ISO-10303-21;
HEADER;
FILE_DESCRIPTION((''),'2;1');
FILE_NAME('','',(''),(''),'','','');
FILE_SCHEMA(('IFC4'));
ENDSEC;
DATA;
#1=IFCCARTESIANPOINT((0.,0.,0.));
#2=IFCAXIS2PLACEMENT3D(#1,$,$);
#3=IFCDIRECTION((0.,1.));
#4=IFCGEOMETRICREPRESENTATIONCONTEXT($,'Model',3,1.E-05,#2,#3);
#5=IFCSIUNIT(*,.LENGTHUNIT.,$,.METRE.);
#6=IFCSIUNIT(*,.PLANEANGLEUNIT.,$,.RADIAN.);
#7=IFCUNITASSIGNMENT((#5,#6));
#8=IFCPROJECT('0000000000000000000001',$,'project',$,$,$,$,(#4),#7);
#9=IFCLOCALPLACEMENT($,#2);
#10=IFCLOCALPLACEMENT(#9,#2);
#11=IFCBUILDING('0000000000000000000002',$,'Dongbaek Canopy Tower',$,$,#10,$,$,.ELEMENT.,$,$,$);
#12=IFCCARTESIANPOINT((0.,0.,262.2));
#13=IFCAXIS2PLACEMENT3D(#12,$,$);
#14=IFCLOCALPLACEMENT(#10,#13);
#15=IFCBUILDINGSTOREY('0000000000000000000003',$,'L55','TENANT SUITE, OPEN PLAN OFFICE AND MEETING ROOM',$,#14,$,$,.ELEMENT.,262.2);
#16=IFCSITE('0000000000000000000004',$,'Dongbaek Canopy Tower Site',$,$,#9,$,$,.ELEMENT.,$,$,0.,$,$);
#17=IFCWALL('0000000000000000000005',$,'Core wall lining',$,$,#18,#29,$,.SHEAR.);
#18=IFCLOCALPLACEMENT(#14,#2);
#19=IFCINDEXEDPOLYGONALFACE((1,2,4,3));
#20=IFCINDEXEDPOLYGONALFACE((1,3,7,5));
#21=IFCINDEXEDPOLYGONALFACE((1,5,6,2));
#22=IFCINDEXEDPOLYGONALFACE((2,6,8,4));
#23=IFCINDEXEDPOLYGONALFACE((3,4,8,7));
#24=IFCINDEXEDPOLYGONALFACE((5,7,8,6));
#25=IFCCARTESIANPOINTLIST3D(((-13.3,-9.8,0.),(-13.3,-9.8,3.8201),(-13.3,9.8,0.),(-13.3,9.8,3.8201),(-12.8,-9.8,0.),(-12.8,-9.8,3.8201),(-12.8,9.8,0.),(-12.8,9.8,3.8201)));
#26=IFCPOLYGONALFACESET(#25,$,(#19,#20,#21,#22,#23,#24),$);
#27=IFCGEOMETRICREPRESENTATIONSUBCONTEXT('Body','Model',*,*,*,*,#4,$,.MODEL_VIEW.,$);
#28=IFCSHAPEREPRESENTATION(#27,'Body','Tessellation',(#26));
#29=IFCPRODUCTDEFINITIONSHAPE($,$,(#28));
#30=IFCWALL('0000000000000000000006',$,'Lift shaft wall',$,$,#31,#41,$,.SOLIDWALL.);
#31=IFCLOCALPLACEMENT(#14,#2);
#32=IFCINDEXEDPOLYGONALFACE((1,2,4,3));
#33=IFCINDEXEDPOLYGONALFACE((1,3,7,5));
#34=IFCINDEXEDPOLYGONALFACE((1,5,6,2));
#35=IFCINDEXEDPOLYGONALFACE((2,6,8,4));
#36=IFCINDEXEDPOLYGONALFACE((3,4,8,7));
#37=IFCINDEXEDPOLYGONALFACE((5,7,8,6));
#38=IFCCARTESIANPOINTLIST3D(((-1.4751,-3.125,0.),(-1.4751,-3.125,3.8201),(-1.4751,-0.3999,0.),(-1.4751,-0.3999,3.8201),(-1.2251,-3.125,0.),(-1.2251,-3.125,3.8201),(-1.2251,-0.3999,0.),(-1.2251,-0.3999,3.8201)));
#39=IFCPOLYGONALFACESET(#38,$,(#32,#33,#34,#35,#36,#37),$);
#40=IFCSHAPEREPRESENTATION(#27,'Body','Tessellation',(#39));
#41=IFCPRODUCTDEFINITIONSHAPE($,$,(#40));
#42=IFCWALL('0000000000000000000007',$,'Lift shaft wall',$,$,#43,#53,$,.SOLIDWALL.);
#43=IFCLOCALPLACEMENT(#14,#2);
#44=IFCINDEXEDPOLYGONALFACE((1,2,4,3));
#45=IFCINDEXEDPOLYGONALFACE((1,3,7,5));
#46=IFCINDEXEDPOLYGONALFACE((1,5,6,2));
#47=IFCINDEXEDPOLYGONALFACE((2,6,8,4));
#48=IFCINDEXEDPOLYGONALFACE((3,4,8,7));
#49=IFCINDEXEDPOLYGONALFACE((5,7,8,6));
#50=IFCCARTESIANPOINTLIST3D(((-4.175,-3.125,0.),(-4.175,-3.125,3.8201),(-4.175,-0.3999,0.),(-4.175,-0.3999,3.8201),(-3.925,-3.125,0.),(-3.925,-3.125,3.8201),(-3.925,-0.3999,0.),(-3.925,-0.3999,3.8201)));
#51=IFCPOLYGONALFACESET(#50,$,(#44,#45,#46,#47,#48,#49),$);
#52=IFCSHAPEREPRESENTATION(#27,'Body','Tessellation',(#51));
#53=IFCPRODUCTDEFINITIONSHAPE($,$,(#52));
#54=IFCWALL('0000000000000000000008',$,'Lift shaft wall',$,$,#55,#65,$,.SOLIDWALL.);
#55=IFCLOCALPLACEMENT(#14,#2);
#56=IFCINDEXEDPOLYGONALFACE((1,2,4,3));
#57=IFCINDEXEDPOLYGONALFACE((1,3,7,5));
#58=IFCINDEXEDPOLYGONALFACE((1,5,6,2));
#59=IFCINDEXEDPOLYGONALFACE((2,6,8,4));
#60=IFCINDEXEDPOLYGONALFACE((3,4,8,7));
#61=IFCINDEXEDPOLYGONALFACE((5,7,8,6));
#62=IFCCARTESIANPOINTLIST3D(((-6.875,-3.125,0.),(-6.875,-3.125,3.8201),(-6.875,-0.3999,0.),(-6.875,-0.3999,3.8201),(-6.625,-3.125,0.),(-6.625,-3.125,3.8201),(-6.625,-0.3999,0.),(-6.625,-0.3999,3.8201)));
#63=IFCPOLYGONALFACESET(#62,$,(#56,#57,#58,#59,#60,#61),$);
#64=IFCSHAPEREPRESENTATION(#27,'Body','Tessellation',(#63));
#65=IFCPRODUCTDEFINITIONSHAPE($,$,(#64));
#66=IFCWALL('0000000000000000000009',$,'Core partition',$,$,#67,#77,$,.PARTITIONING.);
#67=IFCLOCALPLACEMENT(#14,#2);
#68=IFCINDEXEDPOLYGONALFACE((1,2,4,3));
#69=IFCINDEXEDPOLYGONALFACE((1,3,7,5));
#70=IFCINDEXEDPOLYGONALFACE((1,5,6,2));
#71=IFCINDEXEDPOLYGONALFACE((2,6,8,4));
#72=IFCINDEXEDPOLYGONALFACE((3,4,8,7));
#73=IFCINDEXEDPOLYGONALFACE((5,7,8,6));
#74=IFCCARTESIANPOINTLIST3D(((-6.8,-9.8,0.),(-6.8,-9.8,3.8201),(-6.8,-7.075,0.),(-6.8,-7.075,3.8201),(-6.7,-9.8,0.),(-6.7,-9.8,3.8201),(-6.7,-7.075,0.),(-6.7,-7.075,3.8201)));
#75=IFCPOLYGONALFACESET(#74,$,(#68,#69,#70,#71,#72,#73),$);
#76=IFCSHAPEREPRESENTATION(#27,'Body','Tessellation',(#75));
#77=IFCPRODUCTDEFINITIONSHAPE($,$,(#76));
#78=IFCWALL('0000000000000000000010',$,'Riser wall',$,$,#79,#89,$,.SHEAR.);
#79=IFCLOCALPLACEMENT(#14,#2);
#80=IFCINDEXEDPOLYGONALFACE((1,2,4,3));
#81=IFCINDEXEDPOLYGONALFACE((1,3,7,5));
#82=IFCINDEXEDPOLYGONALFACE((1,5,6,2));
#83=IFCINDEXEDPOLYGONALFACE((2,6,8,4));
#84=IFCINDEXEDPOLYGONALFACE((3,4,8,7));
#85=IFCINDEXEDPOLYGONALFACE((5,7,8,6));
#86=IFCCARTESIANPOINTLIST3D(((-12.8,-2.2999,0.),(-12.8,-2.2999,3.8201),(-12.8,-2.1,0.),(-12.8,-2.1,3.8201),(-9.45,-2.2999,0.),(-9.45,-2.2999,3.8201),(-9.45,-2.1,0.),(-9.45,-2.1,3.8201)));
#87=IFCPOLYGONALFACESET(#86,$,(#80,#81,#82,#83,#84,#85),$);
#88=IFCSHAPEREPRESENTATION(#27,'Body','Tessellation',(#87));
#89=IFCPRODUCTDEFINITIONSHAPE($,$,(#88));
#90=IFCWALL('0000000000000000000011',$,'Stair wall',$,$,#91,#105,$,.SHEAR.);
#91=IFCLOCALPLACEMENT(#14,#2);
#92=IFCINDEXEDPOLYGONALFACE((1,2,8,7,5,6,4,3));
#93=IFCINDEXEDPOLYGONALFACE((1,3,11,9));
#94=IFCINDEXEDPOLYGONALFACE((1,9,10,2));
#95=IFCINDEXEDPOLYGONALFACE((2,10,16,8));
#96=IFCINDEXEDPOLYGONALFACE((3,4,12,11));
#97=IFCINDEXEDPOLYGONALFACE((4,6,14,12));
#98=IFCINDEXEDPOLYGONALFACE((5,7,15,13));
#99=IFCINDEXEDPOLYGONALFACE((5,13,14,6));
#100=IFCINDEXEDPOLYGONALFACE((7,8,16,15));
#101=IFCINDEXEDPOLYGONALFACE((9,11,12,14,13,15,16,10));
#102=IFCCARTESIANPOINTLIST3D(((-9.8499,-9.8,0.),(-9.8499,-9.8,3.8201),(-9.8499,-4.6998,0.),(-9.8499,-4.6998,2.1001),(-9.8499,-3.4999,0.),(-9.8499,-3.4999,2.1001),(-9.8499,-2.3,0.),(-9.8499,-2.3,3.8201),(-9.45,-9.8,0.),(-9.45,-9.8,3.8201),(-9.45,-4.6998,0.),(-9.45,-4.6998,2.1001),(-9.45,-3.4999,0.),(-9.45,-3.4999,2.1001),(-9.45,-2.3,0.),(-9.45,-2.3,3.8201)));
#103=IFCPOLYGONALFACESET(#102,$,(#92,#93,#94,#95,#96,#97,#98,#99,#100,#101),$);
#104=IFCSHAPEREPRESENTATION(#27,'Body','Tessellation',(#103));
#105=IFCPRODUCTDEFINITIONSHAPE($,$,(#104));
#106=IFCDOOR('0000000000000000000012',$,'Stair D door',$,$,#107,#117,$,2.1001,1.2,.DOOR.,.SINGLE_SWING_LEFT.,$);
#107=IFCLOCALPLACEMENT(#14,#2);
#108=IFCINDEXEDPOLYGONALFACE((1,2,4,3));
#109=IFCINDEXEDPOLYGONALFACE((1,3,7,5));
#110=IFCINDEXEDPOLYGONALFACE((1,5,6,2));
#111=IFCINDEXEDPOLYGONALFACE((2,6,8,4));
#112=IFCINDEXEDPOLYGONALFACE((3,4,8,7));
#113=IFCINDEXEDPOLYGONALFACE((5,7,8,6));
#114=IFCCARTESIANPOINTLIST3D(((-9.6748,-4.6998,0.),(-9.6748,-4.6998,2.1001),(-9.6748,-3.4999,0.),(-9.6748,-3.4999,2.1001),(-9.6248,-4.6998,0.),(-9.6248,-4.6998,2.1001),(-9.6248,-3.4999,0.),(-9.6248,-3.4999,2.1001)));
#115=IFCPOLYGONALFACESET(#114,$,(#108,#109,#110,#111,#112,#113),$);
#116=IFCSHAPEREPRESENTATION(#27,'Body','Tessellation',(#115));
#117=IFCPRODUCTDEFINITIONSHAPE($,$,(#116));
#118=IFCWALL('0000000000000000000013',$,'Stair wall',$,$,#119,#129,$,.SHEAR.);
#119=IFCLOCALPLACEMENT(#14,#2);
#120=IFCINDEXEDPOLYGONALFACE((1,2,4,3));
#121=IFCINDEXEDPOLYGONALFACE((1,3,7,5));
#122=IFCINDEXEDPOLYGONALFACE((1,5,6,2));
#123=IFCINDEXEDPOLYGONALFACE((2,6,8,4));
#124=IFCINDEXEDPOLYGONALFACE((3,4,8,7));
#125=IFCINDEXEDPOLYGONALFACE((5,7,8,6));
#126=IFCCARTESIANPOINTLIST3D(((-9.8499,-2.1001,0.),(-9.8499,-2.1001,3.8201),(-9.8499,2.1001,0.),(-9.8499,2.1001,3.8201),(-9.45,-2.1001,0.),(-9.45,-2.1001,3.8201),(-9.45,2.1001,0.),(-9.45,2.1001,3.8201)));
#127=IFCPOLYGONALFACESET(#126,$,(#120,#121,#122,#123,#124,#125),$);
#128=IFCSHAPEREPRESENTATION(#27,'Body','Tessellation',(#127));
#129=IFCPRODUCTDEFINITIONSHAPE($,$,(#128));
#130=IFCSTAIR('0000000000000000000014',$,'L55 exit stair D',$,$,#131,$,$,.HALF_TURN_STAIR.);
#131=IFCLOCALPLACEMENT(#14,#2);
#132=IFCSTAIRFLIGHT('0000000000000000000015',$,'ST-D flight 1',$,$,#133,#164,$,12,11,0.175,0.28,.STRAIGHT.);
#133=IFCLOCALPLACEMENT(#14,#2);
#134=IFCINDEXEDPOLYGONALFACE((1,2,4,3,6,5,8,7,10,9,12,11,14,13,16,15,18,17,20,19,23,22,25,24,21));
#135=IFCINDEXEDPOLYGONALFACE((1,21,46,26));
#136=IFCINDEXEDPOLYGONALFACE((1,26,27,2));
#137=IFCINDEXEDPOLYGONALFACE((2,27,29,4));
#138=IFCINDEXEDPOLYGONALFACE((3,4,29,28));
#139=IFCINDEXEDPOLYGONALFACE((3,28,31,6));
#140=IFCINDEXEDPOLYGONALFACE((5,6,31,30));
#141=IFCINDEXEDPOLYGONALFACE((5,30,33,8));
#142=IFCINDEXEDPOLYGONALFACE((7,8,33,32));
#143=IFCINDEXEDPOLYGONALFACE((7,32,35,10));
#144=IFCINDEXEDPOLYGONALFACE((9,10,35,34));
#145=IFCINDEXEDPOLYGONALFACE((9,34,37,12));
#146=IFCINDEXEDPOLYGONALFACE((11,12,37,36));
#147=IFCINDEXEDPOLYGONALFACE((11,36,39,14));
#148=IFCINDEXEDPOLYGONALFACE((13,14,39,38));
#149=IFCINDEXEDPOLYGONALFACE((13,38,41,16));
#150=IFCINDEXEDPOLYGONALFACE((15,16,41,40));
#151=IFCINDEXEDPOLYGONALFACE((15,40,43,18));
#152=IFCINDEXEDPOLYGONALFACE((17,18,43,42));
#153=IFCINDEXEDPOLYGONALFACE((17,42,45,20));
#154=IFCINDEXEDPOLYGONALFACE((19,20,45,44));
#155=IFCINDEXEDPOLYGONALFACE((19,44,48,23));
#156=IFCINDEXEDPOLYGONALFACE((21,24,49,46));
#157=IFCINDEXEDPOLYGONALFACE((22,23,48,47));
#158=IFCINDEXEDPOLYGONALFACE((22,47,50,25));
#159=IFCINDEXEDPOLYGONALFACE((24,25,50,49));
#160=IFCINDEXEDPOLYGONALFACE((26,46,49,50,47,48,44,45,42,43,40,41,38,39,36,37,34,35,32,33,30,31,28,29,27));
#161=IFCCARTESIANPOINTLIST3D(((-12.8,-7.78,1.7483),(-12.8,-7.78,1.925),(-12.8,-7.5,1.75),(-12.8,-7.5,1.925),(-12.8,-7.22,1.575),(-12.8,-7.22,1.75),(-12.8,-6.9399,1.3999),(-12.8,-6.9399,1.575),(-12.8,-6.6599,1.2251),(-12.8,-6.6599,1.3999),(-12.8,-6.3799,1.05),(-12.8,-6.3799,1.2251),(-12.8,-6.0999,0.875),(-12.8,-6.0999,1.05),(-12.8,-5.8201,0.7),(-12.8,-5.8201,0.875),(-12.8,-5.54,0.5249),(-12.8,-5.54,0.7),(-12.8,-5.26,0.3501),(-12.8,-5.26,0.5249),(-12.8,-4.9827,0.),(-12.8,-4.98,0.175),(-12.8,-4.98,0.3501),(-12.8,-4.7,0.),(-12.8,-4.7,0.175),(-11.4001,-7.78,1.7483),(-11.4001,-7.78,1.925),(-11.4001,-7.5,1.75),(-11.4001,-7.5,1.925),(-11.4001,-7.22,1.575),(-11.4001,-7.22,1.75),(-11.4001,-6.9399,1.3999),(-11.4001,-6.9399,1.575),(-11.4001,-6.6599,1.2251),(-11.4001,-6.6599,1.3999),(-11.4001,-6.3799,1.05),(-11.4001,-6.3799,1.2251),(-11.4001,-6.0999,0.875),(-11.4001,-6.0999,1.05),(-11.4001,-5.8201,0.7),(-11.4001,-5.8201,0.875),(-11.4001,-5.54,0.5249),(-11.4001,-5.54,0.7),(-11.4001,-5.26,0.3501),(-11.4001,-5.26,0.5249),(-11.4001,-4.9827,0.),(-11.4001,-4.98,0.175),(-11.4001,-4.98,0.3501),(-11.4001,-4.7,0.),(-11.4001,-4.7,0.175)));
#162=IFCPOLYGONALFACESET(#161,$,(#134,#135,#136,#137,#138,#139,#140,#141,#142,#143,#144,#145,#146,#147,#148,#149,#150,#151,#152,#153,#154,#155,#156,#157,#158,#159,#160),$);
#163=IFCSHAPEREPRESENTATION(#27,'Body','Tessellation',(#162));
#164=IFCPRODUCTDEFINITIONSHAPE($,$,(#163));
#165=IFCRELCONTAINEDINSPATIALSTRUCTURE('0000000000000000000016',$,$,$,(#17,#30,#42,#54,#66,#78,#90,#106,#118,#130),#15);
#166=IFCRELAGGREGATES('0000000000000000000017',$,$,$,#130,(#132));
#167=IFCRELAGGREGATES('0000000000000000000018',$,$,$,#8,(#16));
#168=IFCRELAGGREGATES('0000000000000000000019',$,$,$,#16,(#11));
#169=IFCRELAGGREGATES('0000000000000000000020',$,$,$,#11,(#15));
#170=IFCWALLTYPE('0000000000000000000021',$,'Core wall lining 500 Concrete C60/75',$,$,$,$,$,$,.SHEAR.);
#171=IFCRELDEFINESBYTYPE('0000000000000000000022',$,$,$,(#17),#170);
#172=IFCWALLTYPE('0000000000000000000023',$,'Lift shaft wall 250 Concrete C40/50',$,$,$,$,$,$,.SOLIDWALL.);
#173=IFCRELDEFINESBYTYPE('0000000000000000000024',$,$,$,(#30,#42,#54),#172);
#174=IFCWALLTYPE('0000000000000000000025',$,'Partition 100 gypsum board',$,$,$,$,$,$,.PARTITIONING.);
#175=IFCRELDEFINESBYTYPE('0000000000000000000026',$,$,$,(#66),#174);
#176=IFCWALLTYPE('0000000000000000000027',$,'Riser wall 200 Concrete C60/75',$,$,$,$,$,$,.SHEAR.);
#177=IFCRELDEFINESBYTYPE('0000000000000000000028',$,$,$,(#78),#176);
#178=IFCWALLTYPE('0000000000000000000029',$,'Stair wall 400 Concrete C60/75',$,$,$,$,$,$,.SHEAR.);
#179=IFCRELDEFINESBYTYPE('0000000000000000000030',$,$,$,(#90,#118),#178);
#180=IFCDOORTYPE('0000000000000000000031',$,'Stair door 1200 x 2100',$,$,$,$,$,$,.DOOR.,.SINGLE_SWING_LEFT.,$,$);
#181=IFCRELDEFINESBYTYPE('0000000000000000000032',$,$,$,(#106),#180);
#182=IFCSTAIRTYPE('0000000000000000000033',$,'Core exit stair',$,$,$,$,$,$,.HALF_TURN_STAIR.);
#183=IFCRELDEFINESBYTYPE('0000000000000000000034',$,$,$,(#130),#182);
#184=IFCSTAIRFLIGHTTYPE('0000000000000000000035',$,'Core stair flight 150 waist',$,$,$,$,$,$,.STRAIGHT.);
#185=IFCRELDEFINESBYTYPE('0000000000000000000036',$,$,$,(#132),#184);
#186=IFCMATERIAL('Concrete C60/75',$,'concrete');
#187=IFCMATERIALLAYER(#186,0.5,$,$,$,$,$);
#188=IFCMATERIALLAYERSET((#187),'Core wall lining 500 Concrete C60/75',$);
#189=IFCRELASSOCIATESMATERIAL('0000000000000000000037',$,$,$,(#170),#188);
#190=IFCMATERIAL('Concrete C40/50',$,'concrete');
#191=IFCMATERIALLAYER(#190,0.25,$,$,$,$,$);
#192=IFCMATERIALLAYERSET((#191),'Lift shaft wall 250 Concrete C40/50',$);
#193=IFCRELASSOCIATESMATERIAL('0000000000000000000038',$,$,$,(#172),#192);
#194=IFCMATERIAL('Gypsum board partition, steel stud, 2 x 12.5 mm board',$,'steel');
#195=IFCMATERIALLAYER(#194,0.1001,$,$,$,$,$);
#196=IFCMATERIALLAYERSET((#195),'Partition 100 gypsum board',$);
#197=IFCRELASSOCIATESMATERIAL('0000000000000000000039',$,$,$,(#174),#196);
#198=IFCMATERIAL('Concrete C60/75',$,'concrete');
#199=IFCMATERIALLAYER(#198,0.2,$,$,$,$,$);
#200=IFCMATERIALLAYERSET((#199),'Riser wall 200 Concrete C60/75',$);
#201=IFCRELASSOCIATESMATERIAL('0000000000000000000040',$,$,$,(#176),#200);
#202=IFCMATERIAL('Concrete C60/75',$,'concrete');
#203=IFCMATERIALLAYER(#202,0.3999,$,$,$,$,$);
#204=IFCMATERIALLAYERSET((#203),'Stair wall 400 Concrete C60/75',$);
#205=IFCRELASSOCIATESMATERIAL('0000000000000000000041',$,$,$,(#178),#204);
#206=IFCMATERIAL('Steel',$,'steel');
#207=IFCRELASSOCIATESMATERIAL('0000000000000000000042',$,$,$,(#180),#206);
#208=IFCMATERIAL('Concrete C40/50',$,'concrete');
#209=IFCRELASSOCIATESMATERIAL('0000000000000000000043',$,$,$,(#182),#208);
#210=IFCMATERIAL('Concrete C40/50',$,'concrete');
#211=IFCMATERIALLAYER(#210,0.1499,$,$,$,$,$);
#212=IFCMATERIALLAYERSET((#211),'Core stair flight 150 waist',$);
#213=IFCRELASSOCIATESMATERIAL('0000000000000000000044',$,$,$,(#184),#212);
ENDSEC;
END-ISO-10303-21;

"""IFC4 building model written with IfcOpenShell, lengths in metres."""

from ifc_helpers import new_model, si_unit, direction, frame, frame_2d, origin, place, context, subcontext, project, spatial, polyline, rectangle, outline, extrude, material, layer, layer_set, type_object, element, fill, aggregate, save


model = new_model("IFC4")

# Units and contexts
model_context = context("Model", 3, precision=1e-05, world=origin(), true_north=direction((0.0, 1.0)))
body_context = subcontext(model_context, "Body", "Model", "MODEL_VIEW")
ifc_project = project(units=[si_unit("LENGTHUNIT", "METRE"), si_unit("PLANEANGLEUNIT", "RADIAN")], contexts=[model_context])

# Site, building, storey
site_placement = place(None, origin())
site = spatial("IfcSite", under=ifc_project, at=site_placement, Name="Dongbaek Canopy Tower Site", CompositionType="ELEMENT", RefElevation=0.0)
building_placement = place(site_placement, origin())
building = spatial("IfcBuilding", under=site, at=building_placement, Name="Dongbaek Canopy Tower", CompositionType="ELEMENT")
storey_placement = place(building_placement, frame((0.0, 0.0, 262.2)))
storey = spatial("IfcBuildingStorey", under=building, at=storey_placement, Name="L55", Description="TENANT SUITE, OPEN PLAN OFFICE AND MEETING ROOM", CompositionType="ELEMENT", Elevation=262.2)

# Walls
ifc_material_1 = material(Name="Concrete C60/75", Category="concrete")
ifc_layer_1 = layer(ifc_material_1, 0.5)
ifc_layer_set_1 = layer_set([ifc_layer_1], Name="Core wall lining 500 Concrete C60/75")
wall_type_1 = type_object("IfcWallType", Name="Core wall lining 500 Concrete C60/75", PredefinedType="SHEAR", material=ifc_layer_set_1)
wall_1_placement = place(storey_placement, frame((-13.05, -9.8, 0.0), z_axis=(0.0, 0.0, 1.0), x_axis=(0.0, 1.0, 0.0)))
element("IfcWall", 1, at=wall_1_placement, inside=storey, type_object=wall_type_1, Name="Core wall lining", PredefinedType="SHEAR", context=body_context, shape_type="SweptSolid", body=[
    extrude(rectangle(XDim=19.6001, YDim=0.5, at=frame_2d((9.8, 0.0))), origin(), (0.0, 0.0, 1.0), 3.8201),
])
ifc_material_2 = material(Name="Concrete C40/50", Category="concrete")
ifc_layer_2 = layer(ifc_material_2, 0.25)
ifc_layer_set_2 = layer_set([ifc_layer_2], Name="Lift shaft wall 250 Concrete C40/50")
wall_type_2 = type_object("IfcWallType", Name="Lift shaft wall 250 Concrete C40/50", PredefinedType="SOLIDWALL", material=ifc_layer_set_2)
for number, where, z_axis, x_axis, name in (
    (2, (-1.3501, -3.125, 0.0), (0.0, 0.0, 1.0), (0.0, 1.0, 0.0), "Lift shaft wall"),
    (3, (-4.05, -3.125, 0.0), (0.0, 0.0, 1.0), (0.0, 1.0, 0.0), "Lift shaft wall"),
    (4, (-6.75, -3.125, 0.0), (0.0, 0.0, 1.0), (0.0, 1.0, 0.0), "Lift shaft wall"),
):
    element("IfcWall", number, at=place(storey_placement, frame(where, z_axis=z_axis, x_axis=x_axis)), inside=storey, type_object=wall_type_2, Name=name, PredefinedType="SOLIDWALL", context=body_context, shape_type="SweptSolid", body=[
        extrude(rectangle(XDim=2.7251, YDim=0.25, at=frame_2d((1.3625, 0.0))), origin(), (0.0, 0.0, 1.0), 3.8201),
    ])
ifc_material_3 = material(Name="Gypsum board partition, steel stud, 2 x 12.5 mm board", Category="steel")
ifc_layer_3 = layer(ifc_material_3, 0.1001)
ifc_layer_set_3 = layer_set([ifc_layer_3], Name="Partition 100 gypsum board")
wall_type_3 = type_object("IfcWallType", Name="Partition 100 gypsum board", PredefinedType="PARTITIONING", material=ifc_layer_set_3)
wall_2_placement = place(storey_placement, frame((-6.75, -9.8, 0.0), z_axis=(0.0, 0.0, 1.0), x_axis=(0.0, 1.0, 0.0)))
element("IfcWall", 5, at=wall_2_placement, inside=storey, type_object=wall_type_3, Name="Core partition", PredefinedType="PARTITIONING", context=body_context, shape_type="SweptSolid", body=[
    extrude(rectangle(XDim=2.7251, YDim=0.1001, at=frame_2d((1.3625, 0.0))), origin(), (0.0, 0.0, 1.0), 3.8201),
])
ifc_material_4 = material(Name="Concrete C60/75", Category="concrete")
ifc_layer_4 = layer(ifc_material_4, 0.2)
ifc_layer_set_4 = layer_set([ifc_layer_4], Name="Riser wall 200 Concrete C60/75")
wall_type_4 = type_object("IfcWallType", Name="Riser wall 200 Concrete C60/75", PredefinedType="SHEAR", material=ifc_layer_set_4)
wall_3_placement = place(storey_placement, frame((-9.45, -2.2, 0.0), z_axis=(0.0, 0.0, 1.0), x_axis=(-1.0, 0.0, 0.0)))
element("IfcWall", 6, at=wall_3_placement, inside=storey, type_object=wall_type_4, Name="Riser wall", PredefinedType="SHEAR", context=body_context, shape_type="SweptSolid", body=[
    extrude(rectangle(XDim=3.3501, YDim=0.2, at=frame_2d((1.675, 0.0))), origin(), (0.0, 0.0, 1.0), 3.8201),
])

# Wall, opening, door
ifc_material_5 = material(Name="Concrete C60/75", Category="concrete")
ifc_layer_5 = layer(ifc_material_5, 0.3999)
ifc_layer_set_5 = layer_set([ifc_layer_5], Name="Stair wall 400 Concrete C60/75")
wall_type_5 = type_object("IfcWallType", Name="Stair wall 400 Concrete C60/75", PredefinedType="SHEAR", material=ifc_layer_set_5)
wall_4_placement = place(storey_placement, frame((-9.6499, -9.8, 0.0), z_axis=(0.0, 0.0, 1.0), x_axis=(0.0, 1.0, 0.0)))
wall_4 = element("IfcWall", 7, at=wall_4_placement, inside=storey, type_object=wall_type_5, Name="Stair wall", PredefinedType="SHEAR", context=body_context, shape_type="SweptSolid", body=[
    extrude(rectangle(XDim=7.5, YDim=0.3999, at=frame_2d((3.75, 0.0))), origin(), (0.0, 0.0, 1.0), 3.8201),
])
opening_1_placement = place(wall_4_placement, frame((5.1001, 0.0, 0.0)))
opening_1 = element("IfcOpeningElement", 8, at=opening_1_placement, cuts=wall_4, PredefinedType="OPENING", context=body_context, shape_type="SweptSolid", body=[
    extrude(rectangle(XDim=1.2, YDim=2.1001, at=frame_2d((0.6001, 1.05))), frame((0.0, 0.21, 0.0), z_axis=(0.0, -1.0, 0.0), x_axis=(1.0, 0.0, 0.0)), (0.0, 0.0, 1.0), 0.4199),
])
ifc_material_6 = material(Name="Steel", Category="steel")
door_type_1 = type_object("IfcDoorType", Name="Stair door 1200 x 2100", OperationType="SINGLE_SWING_LEFT", PredefinedType="DOOR", material=ifc_material_6)
door_1_placement = place(opening_1_placement, origin())
door_1 = element("IfcDoor", 9, at=door_1_placement, inside=storey, type_object=door_type_1, Name="Stair D door", OperationType="SINGLE_SWING_LEFT", OverallHeight=2.1001, OverallWidth=1.2, PredefinedType="DOOR", context=body_context, shape_type="SweptSolid", body=[
    extrude(rectangle(XDim=1.2, YDim=2.1001, at=frame_2d((0.6001, 1.05))), frame((0.0, 0.0249, 0.0), z_axis=(0.0, -1.0, 0.0), x_axis=(1.0, 0.0, 0.0)), (0.0, 0.0, 1.0), 0.05),
])
fill(opening_1, door_1)

# Wall
wall_5_placement = place(storey_placement, frame((-9.6499, -2.1001, 0.0), z_axis=(0.0, 0.0, 1.0), x_axis=(0.0, 1.0, 0.0)))
element("IfcWall", 10, at=wall_5_placement, inside=storey, type_object=wall_type_5, Name="Stair wall", PredefinedType="SHEAR", context=body_context, shape_type="SweptSolid", body=[
    extrude(rectangle(XDim=4.2002, YDim=0.3999, at=frame_2d((2.1001, 0.0))), origin(), (0.0, 0.0, 1.0), 3.8201),
])

# Stair, stair flight
ifc_material_7 = material(Name="Concrete C40/50", Category="concrete")
stair_type = type_object("IfcStairType", Name="Core exit stair", PredefinedType="HALF_TURN_STAIR", material=ifc_material_7)
stair_placement = place(storey_placement, origin())
stair = element("IfcStair", 11, at=stair_placement, inside=storey, type_object=stair_type, Name="L55 exit stair D", PredefinedType="HALF_TURN_STAIR")
ifc_material_8 = material(Name="Concrete C40/50", Category="concrete")
ifc_layer_6 = layer(ifc_material_8, 0.1499)
ifc_layer_set_6 = layer_set([ifc_layer_6], Name="Core stair flight 150 waist")
stair_flight_type = type_object("IfcStairFlightType", Name="Core stair flight 150 waist", PredefinedType="STRAIGHT", material=ifc_layer_set_6)
stair_flight_1_placement = place(storey_placement, frame((-12.1001, -4.7, 0.0), z_axis=(0.0, 0.0, 1.0), x_axis=(0.0, -1.0, 0.0)))
stair_flight_1 = element("IfcStairFlight", 12, at=stair_flight_1_placement, type_object=stair_flight_type, Name="ST-D flight 1", NumberOfRisers=12, NumberOfTreads=11, PredefinedType="STRAIGHT", RiserHeight=0.175, TreadLength=0.28, context=body_context, shape_type="SweptSolid", body=[
    extrude(outline(polyline([(0.0, 0.0), (0.0, 0.175), (0.28, 0.175), (0.28, 0.3501), (0.5601, 0.3501), (0.5601, 0.5249), (0.8401, 0.5249), (0.8401, 0.7), (1.1201, 0.7), (1.1201, 0.875), (1.3999, 0.875), (1.3999, 1.05), (1.6799, 1.05), (1.6799, 1.2251), (1.96, 1.2251), (1.96, 1.3999), (2.24, 1.3999), (2.24, 1.575), (2.52, 1.575), (2.52, 1.75), (2.8, 1.75), (2.8, 1.925), (3.0801, 1.925), (3.0801, 2.1001), (3.0801, 1.7483), (0.2827, 0.0), (0.0, 0.0)])), frame((0.0, 0.7, 0.0), z_axis=(0.0, -1.0, 0.0), x_axis=(1.0, 0.0, 0.0)), (0.0, 0.0, 1.0), 1.3999),
])
aggregate(stair, [stair_flight_1])

save(model, "model.ifc")
